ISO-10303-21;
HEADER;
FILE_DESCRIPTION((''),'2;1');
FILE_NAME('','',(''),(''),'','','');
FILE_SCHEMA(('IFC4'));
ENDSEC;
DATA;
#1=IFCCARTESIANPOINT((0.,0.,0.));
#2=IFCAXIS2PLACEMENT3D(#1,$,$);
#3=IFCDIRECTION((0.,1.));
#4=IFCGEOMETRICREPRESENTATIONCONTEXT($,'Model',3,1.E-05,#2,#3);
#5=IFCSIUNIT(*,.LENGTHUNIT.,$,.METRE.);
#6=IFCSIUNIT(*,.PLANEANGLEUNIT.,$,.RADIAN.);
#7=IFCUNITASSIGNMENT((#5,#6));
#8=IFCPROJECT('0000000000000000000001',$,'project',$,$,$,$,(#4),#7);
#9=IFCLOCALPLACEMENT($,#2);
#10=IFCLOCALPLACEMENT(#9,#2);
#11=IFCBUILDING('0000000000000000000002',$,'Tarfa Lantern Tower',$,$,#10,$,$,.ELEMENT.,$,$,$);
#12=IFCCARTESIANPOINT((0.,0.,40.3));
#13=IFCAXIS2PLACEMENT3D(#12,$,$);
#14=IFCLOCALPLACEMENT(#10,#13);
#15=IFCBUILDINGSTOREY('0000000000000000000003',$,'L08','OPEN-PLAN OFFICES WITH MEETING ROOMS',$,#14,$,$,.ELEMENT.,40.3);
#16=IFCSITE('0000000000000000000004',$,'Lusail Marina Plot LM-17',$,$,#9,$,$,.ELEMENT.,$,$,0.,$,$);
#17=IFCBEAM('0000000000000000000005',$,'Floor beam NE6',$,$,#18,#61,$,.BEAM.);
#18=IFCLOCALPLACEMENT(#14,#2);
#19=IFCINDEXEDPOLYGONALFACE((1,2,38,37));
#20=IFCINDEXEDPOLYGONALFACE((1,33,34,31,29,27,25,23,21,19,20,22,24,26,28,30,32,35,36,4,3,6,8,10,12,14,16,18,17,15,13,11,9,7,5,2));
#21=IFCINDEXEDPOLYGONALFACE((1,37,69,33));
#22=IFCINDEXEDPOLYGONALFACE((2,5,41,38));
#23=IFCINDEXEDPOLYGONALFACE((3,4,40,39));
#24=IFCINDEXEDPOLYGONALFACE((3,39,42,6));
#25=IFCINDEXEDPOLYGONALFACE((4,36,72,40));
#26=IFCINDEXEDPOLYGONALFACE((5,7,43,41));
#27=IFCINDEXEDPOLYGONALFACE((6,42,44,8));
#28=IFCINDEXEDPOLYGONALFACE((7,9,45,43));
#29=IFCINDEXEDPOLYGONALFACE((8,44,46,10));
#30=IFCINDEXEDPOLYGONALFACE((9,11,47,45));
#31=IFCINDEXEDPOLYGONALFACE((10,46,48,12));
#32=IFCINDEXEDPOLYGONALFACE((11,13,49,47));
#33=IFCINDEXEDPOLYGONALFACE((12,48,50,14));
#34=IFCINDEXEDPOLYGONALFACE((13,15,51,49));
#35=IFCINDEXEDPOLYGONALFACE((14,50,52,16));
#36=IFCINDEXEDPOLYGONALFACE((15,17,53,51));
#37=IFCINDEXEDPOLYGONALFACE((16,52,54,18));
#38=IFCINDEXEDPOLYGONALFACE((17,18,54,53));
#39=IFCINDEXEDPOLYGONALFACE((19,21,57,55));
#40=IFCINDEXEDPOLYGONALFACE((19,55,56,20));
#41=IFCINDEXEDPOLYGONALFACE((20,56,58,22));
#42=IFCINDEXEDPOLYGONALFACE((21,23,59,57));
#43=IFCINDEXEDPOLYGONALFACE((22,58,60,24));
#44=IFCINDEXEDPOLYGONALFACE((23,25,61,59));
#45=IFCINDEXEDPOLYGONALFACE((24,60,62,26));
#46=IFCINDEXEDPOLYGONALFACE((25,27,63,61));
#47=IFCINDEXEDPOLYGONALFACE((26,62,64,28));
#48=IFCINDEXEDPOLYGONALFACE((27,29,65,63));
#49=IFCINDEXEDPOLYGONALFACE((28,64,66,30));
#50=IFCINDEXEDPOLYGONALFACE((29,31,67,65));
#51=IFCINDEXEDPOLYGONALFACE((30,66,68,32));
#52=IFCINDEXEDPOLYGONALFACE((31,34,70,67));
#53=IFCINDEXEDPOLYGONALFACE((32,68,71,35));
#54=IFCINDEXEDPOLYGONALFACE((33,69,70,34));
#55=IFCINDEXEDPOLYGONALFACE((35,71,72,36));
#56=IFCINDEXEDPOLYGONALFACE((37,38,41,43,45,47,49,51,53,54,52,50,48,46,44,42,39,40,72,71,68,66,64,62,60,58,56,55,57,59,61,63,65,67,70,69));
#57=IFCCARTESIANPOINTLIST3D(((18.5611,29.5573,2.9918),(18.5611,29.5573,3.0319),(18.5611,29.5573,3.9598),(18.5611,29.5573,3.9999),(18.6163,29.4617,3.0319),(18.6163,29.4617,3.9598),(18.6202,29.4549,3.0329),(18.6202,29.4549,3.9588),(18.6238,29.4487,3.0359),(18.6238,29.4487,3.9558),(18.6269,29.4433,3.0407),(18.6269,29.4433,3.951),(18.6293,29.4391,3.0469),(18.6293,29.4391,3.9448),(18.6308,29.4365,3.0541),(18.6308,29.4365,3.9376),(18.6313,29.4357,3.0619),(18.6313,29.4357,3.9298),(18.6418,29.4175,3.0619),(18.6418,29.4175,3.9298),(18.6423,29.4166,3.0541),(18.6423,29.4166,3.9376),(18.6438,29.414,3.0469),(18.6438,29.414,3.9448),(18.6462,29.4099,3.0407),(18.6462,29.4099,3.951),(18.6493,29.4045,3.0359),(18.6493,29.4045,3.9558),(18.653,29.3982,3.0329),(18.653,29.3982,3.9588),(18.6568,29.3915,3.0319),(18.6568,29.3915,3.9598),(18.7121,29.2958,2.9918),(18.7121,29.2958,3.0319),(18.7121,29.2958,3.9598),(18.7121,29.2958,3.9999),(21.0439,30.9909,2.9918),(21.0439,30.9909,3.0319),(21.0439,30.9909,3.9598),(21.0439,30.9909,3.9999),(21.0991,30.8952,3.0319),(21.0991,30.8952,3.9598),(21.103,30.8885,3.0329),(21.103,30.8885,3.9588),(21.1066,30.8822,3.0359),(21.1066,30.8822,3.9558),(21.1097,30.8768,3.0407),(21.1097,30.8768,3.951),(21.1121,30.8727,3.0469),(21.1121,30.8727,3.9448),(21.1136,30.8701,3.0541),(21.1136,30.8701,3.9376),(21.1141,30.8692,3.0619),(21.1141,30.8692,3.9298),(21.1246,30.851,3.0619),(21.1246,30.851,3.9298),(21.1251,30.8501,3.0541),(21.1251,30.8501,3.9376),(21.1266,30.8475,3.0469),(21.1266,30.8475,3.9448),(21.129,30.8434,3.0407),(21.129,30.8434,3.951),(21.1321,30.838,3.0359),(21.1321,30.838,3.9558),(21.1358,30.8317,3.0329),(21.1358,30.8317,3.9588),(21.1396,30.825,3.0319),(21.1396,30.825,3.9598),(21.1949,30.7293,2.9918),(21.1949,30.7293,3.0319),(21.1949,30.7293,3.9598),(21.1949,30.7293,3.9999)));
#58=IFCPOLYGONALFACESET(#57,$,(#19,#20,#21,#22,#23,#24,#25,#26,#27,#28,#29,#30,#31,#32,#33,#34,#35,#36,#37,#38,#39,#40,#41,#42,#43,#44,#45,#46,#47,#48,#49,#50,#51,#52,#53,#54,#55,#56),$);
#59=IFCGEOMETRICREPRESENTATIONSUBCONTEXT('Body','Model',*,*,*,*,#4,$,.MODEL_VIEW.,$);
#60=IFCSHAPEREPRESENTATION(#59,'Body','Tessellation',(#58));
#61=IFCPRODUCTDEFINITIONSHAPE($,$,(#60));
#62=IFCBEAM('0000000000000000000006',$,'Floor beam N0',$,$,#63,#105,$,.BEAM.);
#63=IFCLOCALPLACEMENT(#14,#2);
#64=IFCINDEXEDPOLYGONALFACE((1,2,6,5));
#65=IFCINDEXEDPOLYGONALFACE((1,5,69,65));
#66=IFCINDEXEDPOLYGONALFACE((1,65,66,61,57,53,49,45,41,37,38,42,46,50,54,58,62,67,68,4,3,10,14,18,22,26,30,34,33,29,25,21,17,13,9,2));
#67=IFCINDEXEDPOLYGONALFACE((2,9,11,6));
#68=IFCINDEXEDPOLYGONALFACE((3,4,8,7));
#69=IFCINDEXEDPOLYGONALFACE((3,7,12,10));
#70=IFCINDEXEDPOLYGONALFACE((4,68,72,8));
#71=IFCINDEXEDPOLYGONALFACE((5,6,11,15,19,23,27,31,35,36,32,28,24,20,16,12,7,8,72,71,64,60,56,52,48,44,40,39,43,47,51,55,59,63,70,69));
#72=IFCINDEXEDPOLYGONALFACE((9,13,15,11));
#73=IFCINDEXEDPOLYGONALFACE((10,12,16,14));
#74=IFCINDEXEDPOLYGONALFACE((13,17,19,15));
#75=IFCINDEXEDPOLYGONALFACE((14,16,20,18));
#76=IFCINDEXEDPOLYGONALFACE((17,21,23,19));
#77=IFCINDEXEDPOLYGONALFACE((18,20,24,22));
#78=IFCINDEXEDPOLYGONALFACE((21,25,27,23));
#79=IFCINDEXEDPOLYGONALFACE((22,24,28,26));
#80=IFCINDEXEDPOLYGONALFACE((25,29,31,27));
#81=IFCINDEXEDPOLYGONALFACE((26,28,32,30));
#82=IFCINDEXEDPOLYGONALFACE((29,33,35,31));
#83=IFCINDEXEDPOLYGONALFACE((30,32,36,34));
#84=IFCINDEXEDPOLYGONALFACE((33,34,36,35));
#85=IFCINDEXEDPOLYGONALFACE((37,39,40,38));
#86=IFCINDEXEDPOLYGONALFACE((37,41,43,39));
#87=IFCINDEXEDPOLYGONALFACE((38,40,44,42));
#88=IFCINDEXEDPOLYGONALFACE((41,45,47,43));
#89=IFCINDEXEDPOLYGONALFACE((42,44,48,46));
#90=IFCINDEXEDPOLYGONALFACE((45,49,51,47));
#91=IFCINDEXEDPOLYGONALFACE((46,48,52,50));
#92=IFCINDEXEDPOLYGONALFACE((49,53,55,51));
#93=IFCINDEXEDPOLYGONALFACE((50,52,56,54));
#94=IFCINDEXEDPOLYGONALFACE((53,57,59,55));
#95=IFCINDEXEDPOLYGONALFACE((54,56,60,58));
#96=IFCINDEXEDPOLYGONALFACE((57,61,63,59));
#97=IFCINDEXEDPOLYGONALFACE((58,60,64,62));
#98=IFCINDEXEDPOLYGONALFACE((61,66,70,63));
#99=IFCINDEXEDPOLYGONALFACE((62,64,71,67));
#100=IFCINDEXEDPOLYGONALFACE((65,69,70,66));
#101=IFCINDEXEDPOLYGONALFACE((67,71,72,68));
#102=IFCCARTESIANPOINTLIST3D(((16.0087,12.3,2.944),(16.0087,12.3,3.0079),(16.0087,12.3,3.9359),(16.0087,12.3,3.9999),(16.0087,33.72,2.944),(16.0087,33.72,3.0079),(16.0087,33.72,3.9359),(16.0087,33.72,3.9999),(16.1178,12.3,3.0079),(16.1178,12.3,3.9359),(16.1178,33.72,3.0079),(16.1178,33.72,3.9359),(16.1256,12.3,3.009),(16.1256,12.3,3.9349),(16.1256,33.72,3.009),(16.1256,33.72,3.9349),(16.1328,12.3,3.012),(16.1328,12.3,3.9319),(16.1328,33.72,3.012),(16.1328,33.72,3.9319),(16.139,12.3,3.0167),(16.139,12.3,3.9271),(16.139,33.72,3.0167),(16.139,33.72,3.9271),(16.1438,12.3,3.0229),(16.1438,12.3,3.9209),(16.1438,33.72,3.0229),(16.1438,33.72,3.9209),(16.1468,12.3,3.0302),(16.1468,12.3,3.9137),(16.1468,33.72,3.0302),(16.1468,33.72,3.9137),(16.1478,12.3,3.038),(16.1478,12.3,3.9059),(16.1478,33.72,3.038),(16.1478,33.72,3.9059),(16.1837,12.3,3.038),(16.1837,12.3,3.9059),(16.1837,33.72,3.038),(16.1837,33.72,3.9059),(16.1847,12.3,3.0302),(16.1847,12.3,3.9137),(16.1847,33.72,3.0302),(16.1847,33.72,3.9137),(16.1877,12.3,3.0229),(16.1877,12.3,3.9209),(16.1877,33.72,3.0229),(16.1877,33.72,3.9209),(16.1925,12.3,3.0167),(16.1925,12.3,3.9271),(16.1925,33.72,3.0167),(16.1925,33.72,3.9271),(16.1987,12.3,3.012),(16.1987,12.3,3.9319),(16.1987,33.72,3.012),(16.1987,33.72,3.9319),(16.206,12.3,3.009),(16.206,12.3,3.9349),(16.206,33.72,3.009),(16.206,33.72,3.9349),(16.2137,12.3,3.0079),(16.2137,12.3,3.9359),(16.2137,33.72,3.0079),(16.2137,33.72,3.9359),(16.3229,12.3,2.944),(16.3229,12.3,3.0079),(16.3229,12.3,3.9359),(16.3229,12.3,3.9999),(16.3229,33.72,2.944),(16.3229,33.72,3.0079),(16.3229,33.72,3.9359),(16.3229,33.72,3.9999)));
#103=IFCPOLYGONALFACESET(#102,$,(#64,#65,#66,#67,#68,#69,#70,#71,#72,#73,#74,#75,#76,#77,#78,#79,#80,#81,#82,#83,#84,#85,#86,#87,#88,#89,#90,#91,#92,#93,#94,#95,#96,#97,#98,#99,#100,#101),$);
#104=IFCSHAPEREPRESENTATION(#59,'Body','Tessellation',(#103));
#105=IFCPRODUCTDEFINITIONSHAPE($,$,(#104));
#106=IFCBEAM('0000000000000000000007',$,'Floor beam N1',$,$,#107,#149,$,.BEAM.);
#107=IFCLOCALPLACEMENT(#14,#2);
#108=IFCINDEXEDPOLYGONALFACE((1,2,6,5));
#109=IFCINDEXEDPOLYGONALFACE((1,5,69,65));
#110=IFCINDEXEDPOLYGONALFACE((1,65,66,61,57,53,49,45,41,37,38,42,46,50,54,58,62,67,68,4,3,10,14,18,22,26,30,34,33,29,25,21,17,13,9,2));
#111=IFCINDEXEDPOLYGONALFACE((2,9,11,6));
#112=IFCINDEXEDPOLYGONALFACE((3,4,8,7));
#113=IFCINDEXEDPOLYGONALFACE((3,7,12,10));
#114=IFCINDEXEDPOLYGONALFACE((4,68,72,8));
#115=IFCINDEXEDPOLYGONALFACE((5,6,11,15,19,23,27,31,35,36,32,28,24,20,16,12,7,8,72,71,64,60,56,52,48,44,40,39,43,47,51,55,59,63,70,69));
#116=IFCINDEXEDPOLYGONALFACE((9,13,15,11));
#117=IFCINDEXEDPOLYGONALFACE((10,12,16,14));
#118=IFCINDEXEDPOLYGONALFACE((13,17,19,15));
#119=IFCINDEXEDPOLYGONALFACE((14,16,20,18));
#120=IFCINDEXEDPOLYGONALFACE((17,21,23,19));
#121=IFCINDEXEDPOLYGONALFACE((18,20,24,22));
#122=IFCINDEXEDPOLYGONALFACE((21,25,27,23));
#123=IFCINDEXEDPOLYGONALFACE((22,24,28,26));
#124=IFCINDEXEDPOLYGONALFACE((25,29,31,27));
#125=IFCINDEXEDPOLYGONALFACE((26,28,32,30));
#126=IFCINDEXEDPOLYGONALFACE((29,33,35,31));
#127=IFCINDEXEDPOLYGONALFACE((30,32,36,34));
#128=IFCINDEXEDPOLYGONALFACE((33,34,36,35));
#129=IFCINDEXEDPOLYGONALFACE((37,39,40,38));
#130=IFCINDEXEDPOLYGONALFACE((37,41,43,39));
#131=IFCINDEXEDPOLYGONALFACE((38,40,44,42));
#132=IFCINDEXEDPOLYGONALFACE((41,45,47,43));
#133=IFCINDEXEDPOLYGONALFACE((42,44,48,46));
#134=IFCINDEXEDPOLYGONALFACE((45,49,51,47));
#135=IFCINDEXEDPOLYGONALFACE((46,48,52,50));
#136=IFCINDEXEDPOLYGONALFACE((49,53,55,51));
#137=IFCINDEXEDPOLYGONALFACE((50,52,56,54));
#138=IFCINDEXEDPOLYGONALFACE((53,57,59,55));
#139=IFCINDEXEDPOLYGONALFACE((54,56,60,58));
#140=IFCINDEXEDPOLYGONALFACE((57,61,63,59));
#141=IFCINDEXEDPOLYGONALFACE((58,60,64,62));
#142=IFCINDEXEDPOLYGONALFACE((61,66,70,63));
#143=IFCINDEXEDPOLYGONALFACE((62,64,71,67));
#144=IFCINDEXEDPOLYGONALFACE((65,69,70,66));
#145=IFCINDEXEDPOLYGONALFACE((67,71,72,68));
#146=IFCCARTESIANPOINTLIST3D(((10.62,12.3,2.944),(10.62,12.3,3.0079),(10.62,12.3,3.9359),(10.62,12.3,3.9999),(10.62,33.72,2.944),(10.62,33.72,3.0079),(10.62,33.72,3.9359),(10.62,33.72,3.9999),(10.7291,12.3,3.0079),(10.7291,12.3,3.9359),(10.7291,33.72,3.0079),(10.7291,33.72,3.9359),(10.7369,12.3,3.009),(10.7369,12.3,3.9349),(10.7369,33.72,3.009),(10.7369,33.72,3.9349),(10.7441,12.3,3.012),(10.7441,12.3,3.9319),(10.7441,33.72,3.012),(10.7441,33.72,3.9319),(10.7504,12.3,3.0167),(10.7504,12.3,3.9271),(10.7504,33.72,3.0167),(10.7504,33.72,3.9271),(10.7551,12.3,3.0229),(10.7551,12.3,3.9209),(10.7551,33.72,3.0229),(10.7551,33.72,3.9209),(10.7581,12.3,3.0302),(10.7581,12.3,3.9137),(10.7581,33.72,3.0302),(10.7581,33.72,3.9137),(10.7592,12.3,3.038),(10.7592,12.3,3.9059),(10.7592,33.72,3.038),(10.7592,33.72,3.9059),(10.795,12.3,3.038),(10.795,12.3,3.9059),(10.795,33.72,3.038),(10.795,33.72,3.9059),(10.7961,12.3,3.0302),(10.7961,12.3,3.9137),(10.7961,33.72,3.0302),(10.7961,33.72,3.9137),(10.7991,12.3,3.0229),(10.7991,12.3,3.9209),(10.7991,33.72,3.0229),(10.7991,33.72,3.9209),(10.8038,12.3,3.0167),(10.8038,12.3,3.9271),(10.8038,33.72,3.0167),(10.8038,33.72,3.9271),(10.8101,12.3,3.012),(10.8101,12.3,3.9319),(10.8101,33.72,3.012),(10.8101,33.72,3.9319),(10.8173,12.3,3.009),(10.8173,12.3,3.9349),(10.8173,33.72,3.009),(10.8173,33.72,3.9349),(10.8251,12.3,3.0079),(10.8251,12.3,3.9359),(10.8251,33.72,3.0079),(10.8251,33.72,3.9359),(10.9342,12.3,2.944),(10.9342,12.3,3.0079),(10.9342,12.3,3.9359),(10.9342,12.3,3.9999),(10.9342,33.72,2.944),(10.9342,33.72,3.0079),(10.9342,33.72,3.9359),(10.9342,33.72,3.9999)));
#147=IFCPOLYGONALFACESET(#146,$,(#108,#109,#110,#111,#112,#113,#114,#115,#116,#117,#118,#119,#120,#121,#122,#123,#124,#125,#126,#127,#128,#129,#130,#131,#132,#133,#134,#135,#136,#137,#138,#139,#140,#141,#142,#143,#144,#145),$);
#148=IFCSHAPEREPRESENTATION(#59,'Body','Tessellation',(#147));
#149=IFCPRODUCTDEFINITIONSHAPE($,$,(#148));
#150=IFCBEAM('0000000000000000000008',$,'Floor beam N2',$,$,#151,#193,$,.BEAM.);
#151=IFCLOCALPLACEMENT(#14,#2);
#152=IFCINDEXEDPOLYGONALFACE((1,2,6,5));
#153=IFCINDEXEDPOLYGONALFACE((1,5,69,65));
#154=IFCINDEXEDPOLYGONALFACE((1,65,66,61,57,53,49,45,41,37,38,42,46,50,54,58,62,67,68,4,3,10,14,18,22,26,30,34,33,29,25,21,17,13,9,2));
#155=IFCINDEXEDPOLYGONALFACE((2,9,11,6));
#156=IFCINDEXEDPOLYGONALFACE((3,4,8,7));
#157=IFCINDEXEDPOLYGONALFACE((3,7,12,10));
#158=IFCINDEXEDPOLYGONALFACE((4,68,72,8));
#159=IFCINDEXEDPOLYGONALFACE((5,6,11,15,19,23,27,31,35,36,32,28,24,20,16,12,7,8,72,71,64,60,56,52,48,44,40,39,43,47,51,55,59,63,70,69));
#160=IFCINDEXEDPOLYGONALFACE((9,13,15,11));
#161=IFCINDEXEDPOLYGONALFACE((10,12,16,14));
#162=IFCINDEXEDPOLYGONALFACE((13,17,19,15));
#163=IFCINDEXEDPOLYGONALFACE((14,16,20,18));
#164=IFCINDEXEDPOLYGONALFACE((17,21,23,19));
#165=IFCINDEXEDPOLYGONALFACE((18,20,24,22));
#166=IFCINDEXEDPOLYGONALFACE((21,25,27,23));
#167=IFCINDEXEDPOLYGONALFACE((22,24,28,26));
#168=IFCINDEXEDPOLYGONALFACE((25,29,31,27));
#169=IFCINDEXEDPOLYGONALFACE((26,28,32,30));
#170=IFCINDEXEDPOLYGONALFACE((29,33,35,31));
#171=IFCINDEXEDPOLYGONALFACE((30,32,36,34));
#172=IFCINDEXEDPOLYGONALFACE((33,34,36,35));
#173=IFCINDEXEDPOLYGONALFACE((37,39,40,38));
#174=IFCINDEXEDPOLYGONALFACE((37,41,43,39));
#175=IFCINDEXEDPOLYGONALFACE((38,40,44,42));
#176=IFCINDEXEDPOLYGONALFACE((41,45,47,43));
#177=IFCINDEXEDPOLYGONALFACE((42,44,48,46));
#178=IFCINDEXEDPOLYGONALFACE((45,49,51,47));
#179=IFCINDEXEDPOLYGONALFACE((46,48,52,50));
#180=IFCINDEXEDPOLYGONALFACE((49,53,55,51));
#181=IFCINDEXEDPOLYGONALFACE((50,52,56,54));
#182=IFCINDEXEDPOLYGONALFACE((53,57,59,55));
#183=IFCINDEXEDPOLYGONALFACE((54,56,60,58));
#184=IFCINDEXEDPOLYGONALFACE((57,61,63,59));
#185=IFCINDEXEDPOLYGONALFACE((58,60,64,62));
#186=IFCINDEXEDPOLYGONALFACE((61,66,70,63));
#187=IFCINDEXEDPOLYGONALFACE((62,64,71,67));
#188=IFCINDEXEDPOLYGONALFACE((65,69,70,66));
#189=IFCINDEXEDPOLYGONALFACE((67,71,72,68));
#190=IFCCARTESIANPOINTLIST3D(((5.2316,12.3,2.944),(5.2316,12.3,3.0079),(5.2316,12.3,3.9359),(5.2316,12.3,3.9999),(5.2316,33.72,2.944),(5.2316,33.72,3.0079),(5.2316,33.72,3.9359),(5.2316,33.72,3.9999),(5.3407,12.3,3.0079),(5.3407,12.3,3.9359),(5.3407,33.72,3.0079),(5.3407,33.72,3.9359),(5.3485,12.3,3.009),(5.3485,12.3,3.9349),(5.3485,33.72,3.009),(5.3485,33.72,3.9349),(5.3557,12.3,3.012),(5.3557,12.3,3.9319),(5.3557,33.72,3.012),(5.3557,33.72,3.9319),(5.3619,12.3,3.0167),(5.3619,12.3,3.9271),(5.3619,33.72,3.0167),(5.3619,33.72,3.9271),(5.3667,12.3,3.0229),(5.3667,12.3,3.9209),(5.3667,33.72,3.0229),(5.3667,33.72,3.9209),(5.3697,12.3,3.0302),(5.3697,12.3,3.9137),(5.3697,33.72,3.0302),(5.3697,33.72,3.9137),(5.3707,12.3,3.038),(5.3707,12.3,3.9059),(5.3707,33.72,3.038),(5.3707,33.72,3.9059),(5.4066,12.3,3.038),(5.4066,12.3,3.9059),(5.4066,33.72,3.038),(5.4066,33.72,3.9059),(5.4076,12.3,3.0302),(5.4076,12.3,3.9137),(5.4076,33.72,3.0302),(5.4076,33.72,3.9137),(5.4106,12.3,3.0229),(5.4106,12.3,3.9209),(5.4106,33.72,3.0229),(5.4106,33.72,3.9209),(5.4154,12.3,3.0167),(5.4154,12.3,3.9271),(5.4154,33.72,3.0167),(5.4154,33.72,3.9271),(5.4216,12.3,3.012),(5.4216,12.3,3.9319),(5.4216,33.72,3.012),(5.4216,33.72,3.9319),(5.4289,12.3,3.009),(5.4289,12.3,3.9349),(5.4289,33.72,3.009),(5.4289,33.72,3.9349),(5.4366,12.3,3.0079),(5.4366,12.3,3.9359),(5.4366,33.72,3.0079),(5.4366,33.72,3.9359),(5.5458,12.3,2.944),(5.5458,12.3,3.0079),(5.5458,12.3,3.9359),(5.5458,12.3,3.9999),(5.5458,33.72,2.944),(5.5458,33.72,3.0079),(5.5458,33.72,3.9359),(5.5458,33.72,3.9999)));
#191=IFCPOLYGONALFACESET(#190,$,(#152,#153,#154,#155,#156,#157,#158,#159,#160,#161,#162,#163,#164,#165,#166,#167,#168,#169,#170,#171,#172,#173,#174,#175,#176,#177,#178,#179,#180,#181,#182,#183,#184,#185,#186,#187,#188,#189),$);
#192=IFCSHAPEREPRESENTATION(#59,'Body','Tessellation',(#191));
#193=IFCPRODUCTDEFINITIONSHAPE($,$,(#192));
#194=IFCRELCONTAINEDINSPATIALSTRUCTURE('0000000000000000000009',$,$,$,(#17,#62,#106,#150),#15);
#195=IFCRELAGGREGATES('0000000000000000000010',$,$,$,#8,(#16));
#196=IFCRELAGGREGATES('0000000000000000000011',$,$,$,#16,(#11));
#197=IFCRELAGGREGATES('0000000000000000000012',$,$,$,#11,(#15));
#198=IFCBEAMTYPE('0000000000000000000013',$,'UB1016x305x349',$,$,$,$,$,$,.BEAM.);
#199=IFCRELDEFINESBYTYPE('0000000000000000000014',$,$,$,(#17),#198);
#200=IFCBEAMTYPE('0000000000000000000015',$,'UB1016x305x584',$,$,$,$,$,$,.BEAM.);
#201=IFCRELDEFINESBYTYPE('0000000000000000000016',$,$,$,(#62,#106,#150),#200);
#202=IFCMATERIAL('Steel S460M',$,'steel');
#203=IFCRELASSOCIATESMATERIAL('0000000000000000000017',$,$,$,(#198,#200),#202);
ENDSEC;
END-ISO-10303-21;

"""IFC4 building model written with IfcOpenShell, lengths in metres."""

from ifc_helpers import new_model, si_unit, direction, frame, origin, origin_2d, place, context, subcontext, project, spatial, i_section, extrude, material, material_profile, profile_set, type_object, element, save


model = new_model("IFC4")

# Units and contexts
model_context = context("Model", 3, precision=1e-05, world=origin(), true_north=direction((0.0, 1.0)))
body_context = subcontext(model_context, "Body", "Model", "MODEL_VIEW")
ifc_project = project(units=[si_unit("LENGTHUNIT", "METRE"), si_unit("PLANEANGLEUNIT", "RADIAN")], contexts=[model_context])

# Site, building, storey
site_placement = place(None, origin())
site = spatial("IfcSite", under=ifc_project, at=site_placement, Name="Lusail Marina Plot LM-17", CompositionType="ELEMENT", RefElevation=0.0)
building_placement = place(site_placement, origin())
building = spatial("IfcBuilding", under=site, at=building_placement, Name="Tarfa Lantern Tower", CompositionType="ELEMENT")
storey_placement = place(building_placement, frame((0.0, 0.0, 40.3)))
storey = spatial("IfcBuildingStorey", under=building, at=storey_placement, Name="L08", Description="OPEN-PLAN OFFICES WITH MEETING ROOMS", CompositionType="ELEMENT", Elevation=40.3)

# Beams
ifc_material_1 = material(Name="Steel S460M", Category="steel")
ifc_material_profile_1 = material_profile(ifc_material_1, i_section(OverallWidth=0.302, OverallDepth=1.0081, WebThickness=0.021, FlangeThickness=0.04, FilletRadius=0.03, at=origin_2d()), Name="UB1016x305x349")
ifc_profile_set_1 = profile_set([ifc_material_profile_1], Name="Steel S460M")
beam_type_1 = type_object("IfcBeamType", Name="UB1016x305x349", PredefinedType="BEAM", material=ifc_profile_set_1)
beam_1_placement = place(storey_placement, frame((21.1194, 30.8601, 3.4958), z_axis=(-0.866013, -0.500022, 0.0), x_axis=(0.500022, -0.866013, 0.0)))
element("IfcBeam", 1, at=beam_1_placement, inside=storey, type_object=beam_type_1, Name="Floor beam NE6", PredefinedType="BEAM", context=body_context, shape_type="SweptSolid", body=[
    extrude(i_section(OverallWidth=0.302, OverallDepth=1.0081, WebThickness=0.021, FlangeThickness=0.04, FilletRadius=0.03, at=origin_2d()), origin(), (0.0, 0.0, 1.0), 2.8669),
])
ifc_material_profile_2 = material_profile(ifc_material_1, i_section(OverallWidth=0.3142, OverallDepth=1.0559, WebThickness=0.0359, FlangeThickness=0.064, FilletRadius=0.03, at=origin_2d()), Name="UB1016x305x584")
ifc_profile_set_2 = profile_set([ifc_material_profile_2], Name="Steel S460M")
beam_type_2 = type_object("IfcBeamType", Name="UB1016x305x584", PredefinedType="BEAM", material=ifc_profile_set_2)
for number, where, z_axis, x_axis, name in (
    (2, (16.1658, 33.72, 3.4719), (0.0, -1.0, 0.0), (1.0, 0.0, 0.0), "Floor beam N0"),
    (3, (10.7771, 33.72, 3.4719), (0.0, -1.0, 0.0), (1.0, 0.0, 0.0), "Floor beam N1"),
    (4, (5.3887, 33.72, 3.4719), (0.0, -1.0, 0.0), (1.0, 0.0, 0.0), "Floor beam N2"),
):
    element("IfcBeam", number, at=place(storey_placement, frame(where, z_axis=z_axis, x_axis=x_axis)), inside=storey, type_object=beam_type_2, Name=name, PredefinedType="BEAM", context=body_context, shape_type="SweptSolid", body=[
        extrude(i_section(OverallWidth=0.3142, OverallDepth=1.0559, WebThickness=0.0359, FlangeThickness=0.064, FilletRadius=0.03, at=origin_2d()), origin(), (0.0, 0.0, 1.0), 21.4199),
    ])

save(model, "model.ifc")
